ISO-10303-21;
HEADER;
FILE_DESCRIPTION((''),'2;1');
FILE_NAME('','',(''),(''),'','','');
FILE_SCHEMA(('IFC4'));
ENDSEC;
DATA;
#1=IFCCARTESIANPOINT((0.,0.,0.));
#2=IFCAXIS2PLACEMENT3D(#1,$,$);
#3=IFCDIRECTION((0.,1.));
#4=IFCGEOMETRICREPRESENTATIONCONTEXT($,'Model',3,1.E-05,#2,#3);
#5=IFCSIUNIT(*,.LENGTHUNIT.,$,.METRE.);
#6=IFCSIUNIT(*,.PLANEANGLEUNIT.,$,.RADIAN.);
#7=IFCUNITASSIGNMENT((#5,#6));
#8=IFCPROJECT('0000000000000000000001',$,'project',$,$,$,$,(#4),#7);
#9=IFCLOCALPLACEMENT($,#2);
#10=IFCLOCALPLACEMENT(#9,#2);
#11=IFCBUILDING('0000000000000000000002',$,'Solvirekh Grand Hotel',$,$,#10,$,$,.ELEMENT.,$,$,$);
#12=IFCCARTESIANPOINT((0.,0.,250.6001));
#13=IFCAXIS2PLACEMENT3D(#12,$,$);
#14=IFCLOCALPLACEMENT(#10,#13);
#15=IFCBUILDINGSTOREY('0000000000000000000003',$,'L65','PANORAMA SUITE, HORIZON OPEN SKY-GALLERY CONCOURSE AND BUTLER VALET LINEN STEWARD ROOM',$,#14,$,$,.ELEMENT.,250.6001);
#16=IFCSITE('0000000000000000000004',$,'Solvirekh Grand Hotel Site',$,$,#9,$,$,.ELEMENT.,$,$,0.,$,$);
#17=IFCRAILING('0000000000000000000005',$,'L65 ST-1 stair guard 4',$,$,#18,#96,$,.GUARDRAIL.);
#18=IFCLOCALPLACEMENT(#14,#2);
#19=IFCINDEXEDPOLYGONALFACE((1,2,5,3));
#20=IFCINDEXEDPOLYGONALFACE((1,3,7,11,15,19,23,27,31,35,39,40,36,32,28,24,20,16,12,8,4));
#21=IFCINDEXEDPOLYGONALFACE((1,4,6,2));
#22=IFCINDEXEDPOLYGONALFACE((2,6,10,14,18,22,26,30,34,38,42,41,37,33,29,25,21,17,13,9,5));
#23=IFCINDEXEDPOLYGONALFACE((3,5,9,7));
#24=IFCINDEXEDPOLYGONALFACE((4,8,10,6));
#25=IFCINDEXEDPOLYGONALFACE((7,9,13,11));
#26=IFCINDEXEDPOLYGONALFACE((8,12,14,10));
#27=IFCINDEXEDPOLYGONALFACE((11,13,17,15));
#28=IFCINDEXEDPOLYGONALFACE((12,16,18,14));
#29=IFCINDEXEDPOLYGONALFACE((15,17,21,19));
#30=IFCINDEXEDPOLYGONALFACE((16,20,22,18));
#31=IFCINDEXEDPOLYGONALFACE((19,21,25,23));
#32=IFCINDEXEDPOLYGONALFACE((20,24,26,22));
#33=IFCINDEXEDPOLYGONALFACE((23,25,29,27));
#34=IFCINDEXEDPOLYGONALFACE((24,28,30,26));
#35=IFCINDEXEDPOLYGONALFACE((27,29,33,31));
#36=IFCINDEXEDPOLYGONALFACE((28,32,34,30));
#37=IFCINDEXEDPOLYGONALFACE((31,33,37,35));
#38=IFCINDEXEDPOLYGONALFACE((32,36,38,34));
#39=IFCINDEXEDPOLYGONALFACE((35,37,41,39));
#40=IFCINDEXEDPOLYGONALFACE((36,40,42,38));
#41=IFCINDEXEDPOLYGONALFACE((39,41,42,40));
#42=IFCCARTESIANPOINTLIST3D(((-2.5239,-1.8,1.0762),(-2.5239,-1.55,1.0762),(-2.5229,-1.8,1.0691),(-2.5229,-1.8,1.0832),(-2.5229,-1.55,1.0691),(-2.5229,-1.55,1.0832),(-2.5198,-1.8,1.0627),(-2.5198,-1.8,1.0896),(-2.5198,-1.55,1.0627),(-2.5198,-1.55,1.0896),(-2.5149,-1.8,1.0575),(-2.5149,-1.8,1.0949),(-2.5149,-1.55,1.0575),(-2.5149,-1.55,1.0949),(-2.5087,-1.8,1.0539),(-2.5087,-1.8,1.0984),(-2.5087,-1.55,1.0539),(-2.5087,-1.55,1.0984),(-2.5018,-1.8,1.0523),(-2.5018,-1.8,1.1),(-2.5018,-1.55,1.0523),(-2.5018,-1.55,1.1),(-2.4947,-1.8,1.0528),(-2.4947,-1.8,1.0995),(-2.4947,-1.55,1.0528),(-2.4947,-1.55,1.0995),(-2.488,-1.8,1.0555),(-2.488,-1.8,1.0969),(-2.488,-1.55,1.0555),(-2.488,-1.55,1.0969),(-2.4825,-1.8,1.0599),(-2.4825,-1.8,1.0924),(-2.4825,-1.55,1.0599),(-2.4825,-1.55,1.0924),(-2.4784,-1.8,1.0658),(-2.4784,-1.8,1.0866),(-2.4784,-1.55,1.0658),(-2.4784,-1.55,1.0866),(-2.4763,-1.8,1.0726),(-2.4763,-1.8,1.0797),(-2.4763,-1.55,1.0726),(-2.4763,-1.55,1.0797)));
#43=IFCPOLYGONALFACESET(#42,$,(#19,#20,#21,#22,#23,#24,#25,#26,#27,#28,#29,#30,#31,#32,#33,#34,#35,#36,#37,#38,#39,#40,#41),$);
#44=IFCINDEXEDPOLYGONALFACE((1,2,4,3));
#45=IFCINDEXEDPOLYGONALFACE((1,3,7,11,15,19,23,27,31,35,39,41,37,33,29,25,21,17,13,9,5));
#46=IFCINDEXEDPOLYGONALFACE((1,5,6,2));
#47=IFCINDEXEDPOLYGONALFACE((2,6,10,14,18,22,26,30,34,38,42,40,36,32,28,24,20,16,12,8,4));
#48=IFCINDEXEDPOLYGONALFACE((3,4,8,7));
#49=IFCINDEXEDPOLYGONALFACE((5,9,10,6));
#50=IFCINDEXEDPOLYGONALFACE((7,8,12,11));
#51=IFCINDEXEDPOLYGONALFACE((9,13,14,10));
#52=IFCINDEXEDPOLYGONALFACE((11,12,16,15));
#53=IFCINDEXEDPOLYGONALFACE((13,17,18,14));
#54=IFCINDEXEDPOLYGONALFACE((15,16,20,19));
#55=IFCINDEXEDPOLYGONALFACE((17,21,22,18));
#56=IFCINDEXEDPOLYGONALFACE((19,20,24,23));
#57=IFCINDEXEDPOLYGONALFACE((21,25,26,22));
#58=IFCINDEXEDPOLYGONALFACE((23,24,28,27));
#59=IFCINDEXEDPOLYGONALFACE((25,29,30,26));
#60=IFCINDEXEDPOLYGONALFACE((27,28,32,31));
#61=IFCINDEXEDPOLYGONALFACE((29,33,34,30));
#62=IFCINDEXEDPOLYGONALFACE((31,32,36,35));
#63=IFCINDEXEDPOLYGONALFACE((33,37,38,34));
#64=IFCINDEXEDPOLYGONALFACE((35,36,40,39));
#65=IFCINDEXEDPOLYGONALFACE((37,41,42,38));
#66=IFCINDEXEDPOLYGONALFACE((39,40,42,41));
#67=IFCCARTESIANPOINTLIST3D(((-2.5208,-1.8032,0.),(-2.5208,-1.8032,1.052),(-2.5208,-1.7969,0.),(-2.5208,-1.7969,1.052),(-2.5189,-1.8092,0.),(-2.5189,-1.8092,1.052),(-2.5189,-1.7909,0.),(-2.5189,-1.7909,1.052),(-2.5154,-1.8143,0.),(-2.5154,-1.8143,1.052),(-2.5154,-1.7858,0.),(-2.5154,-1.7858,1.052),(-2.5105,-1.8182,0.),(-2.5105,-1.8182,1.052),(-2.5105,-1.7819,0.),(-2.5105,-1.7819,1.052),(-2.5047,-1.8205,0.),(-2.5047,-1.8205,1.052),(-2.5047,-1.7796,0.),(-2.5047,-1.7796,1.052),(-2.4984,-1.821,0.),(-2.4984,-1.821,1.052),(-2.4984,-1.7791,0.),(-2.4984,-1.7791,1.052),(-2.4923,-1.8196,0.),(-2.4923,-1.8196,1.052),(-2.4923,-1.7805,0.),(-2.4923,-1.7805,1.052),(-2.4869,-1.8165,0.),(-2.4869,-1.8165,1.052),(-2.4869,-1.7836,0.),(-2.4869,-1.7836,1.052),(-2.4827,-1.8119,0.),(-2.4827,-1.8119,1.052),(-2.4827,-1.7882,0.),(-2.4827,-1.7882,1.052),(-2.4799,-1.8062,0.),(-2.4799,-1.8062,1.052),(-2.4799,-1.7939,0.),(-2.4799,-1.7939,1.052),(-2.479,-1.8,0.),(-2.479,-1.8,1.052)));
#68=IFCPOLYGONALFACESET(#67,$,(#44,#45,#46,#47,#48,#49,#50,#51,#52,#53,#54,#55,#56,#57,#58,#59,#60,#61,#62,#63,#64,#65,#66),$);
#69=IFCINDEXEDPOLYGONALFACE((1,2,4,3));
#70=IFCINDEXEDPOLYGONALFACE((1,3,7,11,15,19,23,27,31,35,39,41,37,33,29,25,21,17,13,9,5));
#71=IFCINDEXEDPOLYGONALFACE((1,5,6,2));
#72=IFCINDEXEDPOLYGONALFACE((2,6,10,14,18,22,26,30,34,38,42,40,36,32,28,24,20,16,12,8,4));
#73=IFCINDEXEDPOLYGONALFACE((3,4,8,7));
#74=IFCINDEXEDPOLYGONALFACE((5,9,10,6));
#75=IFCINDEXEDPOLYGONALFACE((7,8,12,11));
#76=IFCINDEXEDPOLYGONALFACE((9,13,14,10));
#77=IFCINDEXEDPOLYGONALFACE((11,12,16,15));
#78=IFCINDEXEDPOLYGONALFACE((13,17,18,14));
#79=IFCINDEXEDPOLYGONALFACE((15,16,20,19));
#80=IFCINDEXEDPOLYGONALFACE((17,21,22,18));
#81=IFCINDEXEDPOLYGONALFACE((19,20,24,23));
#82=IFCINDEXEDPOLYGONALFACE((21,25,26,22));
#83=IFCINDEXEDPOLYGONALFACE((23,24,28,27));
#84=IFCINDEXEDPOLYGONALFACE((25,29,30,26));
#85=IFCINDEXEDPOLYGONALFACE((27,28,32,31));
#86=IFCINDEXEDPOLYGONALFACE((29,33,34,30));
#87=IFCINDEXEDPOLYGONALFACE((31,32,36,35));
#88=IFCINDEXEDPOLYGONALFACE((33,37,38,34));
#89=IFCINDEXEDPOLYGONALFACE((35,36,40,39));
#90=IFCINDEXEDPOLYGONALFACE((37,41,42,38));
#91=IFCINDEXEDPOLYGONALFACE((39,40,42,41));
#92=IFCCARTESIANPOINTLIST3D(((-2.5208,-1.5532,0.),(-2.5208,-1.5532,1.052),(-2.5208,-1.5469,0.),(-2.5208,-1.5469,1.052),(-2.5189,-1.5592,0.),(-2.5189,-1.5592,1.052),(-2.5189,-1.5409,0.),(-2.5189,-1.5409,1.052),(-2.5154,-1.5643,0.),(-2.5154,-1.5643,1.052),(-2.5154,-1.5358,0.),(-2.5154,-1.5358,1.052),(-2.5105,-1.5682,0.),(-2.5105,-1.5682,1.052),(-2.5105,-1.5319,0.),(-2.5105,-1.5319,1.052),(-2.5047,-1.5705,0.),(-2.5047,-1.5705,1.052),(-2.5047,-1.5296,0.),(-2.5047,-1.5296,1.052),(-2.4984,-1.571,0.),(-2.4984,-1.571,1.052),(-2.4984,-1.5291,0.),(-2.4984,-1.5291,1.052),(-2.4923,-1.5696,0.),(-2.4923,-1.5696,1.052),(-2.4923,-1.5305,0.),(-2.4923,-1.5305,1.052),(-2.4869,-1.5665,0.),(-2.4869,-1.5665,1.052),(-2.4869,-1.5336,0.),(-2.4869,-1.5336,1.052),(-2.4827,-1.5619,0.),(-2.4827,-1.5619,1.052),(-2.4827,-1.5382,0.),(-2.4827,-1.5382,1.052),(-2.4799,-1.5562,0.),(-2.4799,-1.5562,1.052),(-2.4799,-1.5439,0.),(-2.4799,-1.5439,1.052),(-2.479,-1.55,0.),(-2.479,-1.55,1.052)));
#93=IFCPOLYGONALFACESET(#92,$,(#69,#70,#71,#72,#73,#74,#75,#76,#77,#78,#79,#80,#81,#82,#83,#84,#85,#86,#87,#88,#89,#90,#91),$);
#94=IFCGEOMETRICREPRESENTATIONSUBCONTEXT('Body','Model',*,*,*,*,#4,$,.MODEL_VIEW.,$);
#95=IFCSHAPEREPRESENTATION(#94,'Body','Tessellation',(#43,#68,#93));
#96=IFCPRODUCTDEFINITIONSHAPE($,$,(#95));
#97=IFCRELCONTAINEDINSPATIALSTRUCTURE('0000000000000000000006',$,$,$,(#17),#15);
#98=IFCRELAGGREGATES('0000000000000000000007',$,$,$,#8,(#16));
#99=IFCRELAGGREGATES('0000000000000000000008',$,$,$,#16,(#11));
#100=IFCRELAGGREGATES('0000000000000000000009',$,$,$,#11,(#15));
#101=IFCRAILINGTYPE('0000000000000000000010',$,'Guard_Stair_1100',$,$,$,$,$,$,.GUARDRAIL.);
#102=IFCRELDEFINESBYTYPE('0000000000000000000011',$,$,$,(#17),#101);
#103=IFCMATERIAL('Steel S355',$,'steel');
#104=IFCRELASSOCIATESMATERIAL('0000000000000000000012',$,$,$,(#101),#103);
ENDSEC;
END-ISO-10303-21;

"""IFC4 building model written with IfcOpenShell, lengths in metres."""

from ifc_helpers import new_model, si_unit, direction, frame, origin, origin_2d, place, context, subcontext, project, spatial, circle, extrude, material, type_object, element, save


model = new_model("IFC4")

# Units and contexts
model_context = context("Model", 3, precision=1e-05, world=origin(), true_north=direction((0.0, 1.0)))
body_context = subcontext(model_context, "Body", "Model", "MODEL_VIEW")
ifc_project = project(units=[si_unit("LENGTHUNIT", "METRE"), si_unit("PLANEANGLEUNIT", "RADIAN")], contexts=[model_context])

# Site, building, storey
site_placement = place(None, origin())
site = spatial("IfcSite", under=ifc_project, at=site_placement, Name="Solvirekh Grand Hotel Site", CompositionType="ELEMENT", RefElevation=0.0)
building_placement = place(site_placement, origin())
building = spatial("IfcBuilding", under=site, at=building_placement, Name="Solvirekh Grand Hotel", CompositionType="ELEMENT")
storey_placement = place(building_placement, frame((0.0, 0.0, 250.6001)))
storey = spatial("IfcBuildingStorey", under=building, at=storey_placement, Name="L65", Description="PANORAMA SUITE, HORIZON OPEN SKY-GALLERY CONCOURSE AND BUTLER VALET LINEN STEWARD ROOM", CompositionType="ELEMENT", Elevation=250.6001)

# Railing
ifc_material_1 = material(Name="Steel S355", Category="steel")
railing_type_1 = type_object("IfcRailingType", Name="Guard_Stair_1100", PredefinedType="GUARDRAIL", material=ifc_material_1)
railing_1_placement = place(storey_placement, frame((-2.5, -1.8, 0.0)))
element("IfcRailing", 1, at=railing_1_placement, inside=storey, type_object=railing_type_1, Name="L65 ST-1 stair guard 4", PredefinedType="GUARDRAIL", context=body_context, shape_type="SweptSolid", body=[
    extrude(circle(Radius=0.0239, at=origin_2d()), frame((0.0, 0.0, 1.0762), z_axis=(0.0, 1.0, 0.0), x_axis=(-1.0, 0.0, 0.0)), (0.0, 0.0, 1.0), 0.25),
    extrude(circle(Radius=0.021, at=origin_2d()), origin(), (0.0, 0.0, 1.0), 1.052),
    extrude(circle(Radius=0.021, at=origin_2d()), frame((0.0, 0.25, 0.0)), (0.0, 0.0, 1.0), 1.052),
])

save(model, "model.ifc")
